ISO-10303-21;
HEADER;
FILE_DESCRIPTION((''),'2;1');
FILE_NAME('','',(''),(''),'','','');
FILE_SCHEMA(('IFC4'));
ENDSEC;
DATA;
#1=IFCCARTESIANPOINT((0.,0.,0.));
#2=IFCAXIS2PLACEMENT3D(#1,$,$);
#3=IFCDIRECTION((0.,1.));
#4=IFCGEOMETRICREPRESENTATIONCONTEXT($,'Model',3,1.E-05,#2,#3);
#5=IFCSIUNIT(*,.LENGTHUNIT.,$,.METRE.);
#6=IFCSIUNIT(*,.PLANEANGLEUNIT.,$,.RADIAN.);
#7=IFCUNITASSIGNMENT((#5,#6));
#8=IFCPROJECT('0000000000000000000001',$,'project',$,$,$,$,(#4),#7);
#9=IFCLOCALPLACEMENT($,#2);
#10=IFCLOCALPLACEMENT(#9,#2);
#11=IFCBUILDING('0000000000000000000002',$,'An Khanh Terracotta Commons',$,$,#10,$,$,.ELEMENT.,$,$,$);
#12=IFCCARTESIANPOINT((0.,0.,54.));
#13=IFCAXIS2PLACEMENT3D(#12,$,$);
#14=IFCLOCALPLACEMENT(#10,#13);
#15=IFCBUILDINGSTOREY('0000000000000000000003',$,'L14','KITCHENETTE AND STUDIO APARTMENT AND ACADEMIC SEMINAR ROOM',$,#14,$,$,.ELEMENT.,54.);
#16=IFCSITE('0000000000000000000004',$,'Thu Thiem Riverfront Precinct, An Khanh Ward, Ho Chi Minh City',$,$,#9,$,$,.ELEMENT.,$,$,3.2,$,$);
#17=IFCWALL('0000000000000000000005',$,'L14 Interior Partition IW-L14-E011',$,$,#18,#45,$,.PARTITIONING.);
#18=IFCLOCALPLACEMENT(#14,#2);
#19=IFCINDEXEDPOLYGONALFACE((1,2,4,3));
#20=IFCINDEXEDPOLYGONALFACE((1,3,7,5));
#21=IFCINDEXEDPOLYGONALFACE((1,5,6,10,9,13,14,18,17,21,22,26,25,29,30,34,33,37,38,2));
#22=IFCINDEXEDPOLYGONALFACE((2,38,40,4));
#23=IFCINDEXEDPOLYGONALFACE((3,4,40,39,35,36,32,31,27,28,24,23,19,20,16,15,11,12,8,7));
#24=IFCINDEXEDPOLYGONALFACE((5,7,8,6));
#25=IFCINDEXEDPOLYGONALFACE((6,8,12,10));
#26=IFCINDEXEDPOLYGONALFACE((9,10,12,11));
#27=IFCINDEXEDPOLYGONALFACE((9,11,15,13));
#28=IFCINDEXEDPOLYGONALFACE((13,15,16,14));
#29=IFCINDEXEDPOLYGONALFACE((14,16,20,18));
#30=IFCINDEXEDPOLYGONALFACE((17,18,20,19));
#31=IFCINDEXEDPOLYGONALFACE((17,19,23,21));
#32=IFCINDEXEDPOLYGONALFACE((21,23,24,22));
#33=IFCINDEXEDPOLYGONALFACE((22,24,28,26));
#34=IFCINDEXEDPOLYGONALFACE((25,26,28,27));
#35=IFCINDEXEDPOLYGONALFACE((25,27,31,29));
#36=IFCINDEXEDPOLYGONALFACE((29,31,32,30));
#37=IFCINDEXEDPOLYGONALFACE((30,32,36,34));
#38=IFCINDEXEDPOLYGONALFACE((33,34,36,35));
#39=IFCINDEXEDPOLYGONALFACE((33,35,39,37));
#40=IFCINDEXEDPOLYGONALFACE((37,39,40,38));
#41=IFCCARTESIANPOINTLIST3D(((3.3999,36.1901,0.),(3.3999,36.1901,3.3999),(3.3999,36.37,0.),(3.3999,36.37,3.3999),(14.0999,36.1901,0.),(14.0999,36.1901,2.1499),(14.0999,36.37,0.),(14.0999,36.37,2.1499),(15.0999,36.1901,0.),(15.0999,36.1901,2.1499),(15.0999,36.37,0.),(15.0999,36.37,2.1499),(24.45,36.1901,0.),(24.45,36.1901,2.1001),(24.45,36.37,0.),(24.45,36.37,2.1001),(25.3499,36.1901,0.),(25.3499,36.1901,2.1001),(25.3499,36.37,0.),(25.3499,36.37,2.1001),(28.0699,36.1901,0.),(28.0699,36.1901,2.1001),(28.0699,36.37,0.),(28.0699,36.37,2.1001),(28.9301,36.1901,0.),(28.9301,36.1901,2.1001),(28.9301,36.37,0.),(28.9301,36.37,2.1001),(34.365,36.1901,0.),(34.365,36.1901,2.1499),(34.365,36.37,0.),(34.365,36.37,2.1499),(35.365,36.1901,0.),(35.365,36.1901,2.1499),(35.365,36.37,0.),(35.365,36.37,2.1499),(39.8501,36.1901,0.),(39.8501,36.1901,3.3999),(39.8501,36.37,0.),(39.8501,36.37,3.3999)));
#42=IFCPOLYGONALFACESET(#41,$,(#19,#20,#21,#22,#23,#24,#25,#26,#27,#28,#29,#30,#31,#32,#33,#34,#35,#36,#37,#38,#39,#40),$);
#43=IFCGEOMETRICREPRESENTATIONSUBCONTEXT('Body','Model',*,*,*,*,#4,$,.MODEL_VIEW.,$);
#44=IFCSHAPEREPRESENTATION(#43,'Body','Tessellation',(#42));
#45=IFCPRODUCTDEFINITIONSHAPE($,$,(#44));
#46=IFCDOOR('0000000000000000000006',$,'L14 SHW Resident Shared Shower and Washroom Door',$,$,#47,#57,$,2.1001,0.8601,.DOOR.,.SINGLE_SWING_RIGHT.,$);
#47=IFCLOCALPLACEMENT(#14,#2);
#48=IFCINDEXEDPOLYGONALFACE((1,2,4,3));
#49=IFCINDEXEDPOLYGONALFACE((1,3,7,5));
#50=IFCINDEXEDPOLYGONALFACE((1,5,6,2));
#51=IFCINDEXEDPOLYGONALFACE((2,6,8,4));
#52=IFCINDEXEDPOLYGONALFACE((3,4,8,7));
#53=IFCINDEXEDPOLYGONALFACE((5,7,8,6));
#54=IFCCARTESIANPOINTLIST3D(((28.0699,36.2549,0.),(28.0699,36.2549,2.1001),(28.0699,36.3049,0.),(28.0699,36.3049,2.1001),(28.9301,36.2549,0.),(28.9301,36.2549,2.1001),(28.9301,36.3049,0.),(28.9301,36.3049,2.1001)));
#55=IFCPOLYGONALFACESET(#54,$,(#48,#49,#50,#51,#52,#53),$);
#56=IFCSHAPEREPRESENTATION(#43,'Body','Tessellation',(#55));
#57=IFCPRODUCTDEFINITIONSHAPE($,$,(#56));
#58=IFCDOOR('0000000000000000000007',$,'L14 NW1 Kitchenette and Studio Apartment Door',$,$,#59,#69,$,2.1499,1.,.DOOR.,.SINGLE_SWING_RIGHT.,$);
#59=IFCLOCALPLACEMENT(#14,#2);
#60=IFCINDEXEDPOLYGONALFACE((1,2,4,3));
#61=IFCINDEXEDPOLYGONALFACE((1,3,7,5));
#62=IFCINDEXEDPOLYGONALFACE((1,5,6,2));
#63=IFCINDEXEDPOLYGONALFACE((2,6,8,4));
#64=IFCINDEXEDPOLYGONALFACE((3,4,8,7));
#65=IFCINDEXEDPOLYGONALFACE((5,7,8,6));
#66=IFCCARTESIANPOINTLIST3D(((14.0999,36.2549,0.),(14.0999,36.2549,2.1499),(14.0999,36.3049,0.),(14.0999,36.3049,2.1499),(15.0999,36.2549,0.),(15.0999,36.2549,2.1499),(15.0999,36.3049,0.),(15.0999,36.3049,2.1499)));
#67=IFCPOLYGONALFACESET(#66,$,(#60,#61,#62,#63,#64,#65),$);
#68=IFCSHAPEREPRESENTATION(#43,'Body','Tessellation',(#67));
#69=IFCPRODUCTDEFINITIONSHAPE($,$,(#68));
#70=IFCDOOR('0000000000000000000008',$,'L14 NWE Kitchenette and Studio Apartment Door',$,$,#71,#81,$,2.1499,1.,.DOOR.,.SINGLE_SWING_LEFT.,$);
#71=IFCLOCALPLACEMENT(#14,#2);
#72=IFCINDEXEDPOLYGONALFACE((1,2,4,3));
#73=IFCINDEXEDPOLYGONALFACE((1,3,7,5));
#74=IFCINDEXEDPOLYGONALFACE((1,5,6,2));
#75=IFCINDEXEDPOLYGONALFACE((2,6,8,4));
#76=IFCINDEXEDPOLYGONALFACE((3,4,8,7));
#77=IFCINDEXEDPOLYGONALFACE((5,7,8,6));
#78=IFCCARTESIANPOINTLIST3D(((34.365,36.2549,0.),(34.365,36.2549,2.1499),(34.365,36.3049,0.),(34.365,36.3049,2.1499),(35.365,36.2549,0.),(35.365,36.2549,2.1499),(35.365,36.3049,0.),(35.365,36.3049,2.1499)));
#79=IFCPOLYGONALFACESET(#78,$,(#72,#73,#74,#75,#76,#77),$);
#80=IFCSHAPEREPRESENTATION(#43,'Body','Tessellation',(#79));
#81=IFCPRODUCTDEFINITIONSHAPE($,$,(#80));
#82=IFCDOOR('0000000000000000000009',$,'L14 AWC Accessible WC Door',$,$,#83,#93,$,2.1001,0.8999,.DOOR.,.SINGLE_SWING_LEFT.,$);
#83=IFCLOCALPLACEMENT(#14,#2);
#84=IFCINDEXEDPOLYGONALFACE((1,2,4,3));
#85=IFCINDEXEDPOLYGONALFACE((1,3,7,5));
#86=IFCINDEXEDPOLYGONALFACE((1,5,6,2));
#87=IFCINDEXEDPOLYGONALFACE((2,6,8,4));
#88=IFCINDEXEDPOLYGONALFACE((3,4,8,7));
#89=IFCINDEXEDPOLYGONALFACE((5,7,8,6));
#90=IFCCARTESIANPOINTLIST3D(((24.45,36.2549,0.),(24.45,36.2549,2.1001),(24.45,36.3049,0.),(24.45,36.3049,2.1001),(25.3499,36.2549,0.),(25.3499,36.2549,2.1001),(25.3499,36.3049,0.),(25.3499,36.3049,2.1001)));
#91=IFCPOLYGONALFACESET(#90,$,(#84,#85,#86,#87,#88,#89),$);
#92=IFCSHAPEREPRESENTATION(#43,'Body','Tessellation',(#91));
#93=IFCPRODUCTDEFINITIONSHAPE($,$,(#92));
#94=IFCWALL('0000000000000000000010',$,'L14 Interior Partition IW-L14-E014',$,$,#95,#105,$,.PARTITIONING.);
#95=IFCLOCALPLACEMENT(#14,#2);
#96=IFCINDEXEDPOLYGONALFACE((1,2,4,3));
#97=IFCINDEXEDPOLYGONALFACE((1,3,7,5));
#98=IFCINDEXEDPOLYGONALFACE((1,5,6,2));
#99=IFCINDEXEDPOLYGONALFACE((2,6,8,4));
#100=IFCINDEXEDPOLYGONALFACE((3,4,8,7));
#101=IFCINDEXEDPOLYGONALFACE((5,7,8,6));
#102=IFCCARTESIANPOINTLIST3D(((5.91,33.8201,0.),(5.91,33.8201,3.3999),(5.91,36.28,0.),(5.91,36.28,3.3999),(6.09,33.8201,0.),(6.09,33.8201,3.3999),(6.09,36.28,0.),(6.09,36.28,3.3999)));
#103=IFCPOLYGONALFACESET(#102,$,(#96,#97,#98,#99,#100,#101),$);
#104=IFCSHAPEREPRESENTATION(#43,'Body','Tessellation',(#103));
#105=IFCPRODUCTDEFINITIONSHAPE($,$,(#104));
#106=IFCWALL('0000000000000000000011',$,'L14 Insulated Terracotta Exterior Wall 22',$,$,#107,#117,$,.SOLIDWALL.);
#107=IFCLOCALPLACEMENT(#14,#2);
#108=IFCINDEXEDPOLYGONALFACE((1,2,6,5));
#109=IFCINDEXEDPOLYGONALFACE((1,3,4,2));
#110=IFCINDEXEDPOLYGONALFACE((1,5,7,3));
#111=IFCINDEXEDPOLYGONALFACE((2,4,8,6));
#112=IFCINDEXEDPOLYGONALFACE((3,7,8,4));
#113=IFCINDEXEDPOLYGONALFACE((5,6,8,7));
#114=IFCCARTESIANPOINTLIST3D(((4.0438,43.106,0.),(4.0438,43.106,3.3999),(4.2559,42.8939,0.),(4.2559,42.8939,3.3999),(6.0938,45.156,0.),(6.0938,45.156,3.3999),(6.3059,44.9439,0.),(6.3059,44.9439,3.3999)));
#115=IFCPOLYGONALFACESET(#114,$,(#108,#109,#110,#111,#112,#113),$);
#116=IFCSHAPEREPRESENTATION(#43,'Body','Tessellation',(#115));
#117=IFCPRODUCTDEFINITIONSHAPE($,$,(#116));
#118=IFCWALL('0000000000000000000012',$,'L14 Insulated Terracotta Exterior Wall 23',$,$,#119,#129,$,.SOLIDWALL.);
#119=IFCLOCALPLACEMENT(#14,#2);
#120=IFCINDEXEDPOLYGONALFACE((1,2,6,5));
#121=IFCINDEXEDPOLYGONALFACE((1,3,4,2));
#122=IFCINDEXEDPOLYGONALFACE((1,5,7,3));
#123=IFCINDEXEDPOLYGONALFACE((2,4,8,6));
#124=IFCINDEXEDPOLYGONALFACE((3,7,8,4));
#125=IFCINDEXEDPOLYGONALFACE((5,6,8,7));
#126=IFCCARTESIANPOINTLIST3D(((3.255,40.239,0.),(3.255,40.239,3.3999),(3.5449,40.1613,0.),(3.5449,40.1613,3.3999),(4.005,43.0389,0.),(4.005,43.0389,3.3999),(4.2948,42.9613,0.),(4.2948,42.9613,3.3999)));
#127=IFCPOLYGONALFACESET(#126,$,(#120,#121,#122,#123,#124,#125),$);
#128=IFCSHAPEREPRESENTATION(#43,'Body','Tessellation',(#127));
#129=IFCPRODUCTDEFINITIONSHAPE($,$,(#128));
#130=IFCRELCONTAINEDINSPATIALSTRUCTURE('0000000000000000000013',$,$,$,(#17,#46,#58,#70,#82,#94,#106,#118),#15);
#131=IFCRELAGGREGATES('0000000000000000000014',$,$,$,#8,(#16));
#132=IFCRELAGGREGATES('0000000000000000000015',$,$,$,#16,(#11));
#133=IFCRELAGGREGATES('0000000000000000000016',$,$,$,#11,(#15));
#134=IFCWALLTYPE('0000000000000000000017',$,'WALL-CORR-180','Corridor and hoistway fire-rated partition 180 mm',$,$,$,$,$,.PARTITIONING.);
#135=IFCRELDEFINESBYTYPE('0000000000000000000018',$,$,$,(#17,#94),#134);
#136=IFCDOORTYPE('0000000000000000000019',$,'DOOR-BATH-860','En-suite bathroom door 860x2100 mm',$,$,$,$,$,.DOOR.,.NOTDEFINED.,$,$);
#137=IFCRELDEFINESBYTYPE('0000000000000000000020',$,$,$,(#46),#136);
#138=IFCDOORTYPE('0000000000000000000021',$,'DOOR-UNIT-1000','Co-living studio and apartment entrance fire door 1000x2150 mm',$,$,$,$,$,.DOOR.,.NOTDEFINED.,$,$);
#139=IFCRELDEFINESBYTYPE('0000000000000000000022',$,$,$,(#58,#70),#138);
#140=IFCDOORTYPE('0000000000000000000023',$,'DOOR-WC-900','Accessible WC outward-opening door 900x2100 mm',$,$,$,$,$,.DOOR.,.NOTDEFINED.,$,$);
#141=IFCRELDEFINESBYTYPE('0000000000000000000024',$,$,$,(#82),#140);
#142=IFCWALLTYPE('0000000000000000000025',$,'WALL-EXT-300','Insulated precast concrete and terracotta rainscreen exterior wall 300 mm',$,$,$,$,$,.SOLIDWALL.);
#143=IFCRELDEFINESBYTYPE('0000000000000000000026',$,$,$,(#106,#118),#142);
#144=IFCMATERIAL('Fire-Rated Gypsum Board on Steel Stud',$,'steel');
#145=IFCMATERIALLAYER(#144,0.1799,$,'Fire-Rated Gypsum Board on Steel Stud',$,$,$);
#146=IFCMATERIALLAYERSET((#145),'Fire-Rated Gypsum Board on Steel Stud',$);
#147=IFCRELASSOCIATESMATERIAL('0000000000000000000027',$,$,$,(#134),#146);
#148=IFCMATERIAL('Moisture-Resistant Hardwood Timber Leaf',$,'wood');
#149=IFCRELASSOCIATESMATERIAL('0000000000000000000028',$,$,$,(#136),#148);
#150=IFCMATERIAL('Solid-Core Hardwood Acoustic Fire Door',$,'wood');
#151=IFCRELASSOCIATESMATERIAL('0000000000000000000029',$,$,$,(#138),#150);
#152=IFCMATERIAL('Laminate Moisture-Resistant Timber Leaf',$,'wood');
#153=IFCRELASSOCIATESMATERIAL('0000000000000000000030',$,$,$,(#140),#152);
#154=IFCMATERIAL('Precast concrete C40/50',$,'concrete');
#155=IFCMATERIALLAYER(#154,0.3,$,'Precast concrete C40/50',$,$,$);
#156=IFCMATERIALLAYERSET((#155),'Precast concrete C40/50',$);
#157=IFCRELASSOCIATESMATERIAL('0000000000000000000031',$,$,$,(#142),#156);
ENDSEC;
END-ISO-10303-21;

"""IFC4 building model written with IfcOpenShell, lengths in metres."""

from ifc_helpers import new_model, si_unit, direction, frame, frame_2d, origin, place, context, subcontext, project, spatial, rectangle, extrude, material, layer, layer_set, type_object, element, fill, save


model = new_model("IFC4")

# Units and contexts
model_context = context("Model", 3, precision=1e-05, world=origin(), true_north=direction((0.0, 1.0)))
body_context = subcontext(model_context, "Body", "Model", "MODEL_VIEW")
ifc_project = project(units=[si_unit("LENGTHUNIT", "METRE"), si_unit("PLANEANGLEUNIT", "RADIAN")], contexts=[model_context])

# Site, building, storey
site_placement = place(None, origin())
site = spatial("IfcSite", under=ifc_project, at=site_placement, Name="Thu Thiem Riverfront Precinct, An Khanh Ward, Ho Chi Minh City", CompositionType="ELEMENT", RefElevation=3.2)
building_placement = place(site_placement, origin())
building = spatial("IfcBuilding", under=site, at=building_placement, Name="An Khanh Terracotta Commons", CompositionType="ELEMENT")
storey_placement = place(building_placement, frame((0.0, 0.0, 54.0)))
storey = spatial("IfcBuildingStorey", under=building, at=storey_placement, Name="L14", Description="KITCHENETTE AND STUDIO APARTMENT AND ACADEMIC SEMINAR ROOM", CompositionType="ELEMENT", Elevation=54.0)

# Wall, openings, doors
ifc_material_1 = material(Name="Fire-Rated Gypsum Board on Steel Stud", Category="steel")
ifc_layer_1 = layer(ifc_material_1, 0.1799, Name="Fire-Rated Gypsum Board on Steel Stud")
ifc_layer_set_1 = layer_set([ifc_layer_1], Name="Fire-Rated Gypsum Board on Steel Stud")
wall_type_1 = type_object("IfcWallType", Name="WALL-CORR-180", Description="Corridor and hoistway fire-rated partition 180 mm", PredefinedType="PARTITIONING", material=ifc_layer_set_1)
wall_1_placement = place(storey_placement, frame((3.3999, 36.28, 0.0), z_axis=(0.0, 0.0, 1.0), x_axis=(1.0, 0.0, 0.0)))
wall_1 = element("IfcWall", 1, at=wall_1_placement, inside=storey, type_object=wall_type_1, Name="L14 Interior Partition IW-L14-E011", PredefinedType="PARTITIONING", context=body_context, shape_type="SweptSolid", body=[
    extrude(rectangle(XDim=36.4502, YDim=0.1799, at=frame_2d((18.2251, 0.0))), origin(), (0.0, 0.0, 1.0), 3.3999),
])
opening_1_placement = place(wall_1_placement, frame((21.05, 0.0, 0.0)))
opening_1 = element("IfcOpeningElement", 2, at=opening_1_placement, cuts=wall_1, PredefinedType="OPENING", context=body_context, shape_type="SweptSolid", body=[
    extrude(rectangle(XDim=0.8999, YDim=2.1001, at=frame_2d((0.45, 1.05))), frame((0.0, 0.0999, 0.0), z_axis=(0.0, -1.0, 0.0), x_axis=(1.0, 0.0, 0.0)), (0.0, 0.0, 1.0), 0.2),
])
opening_2_placement = place(wall_1_placement, frame((24.6699, 0.0, 0.0)))
opening_2 = element("IfcOpeningElement", 3, at=opening_2_placement, cuts=wall_1, PredefinedType="OPENING", context=body_context, shape_type="SweptSolid", body=[
    extrude(rectangle(XDim=0.8601, YDim=2.1001, at=frame_2d((0.4302, 1.05))), frame((0.0, 0.0999, 0.0), z_axis=(0.0, -1.0, 0.0), x_axis=(1.0, 0.0, 0.0)), (0.0, 0.0, 1.0), 0.2),
])
opening_3_placement = place(wall_1_placement, frame((10.7, 0.0, 0.0)))
opening_3 = element("IfcOpeningElement", 4, at=opening_3_placement, cuts=wall_1, PredefinedType="OPENING", context=body_context, shape_type="SweptSolid", body=[
    extrude(rectangle(XDim=1.0, YDim=2.1499, at=frame_2d((0.5, 1.075))), frame((0.0, 0.0999, 0.0), z_axis=(0.0, -1.0, 0.0), x_axis=(1.0, 0.0, 0.0)), (0.0, 0.0, 1.0), 0.2),
])
opening_4_placement = place(wall_1_placement, frame((30.9651, 0.0, 0.0)))
opening_4 = element("IfcOpeningElement", 5, at=opening_4_placement, cuts=wall_1, PredefinedType="OPENING", context=body_context, shape_type="SweptSolid", body=[
    extrude(rectangle(XDim=1.0, YDim=2.1499, at=frame_2d((0.5, 1.075))), frame((0.0, 0.0999, 0.0), z_axis=(0.0, -1.0, 0.0), x_axis=(1.0, 0.0, 0.0)), (0.0, 0.0, 1.0), 0.2),
])
ifc_material_2 = material(Name="Moisture-Resistant Hardwood Timber Leaf", Category="wood")
door_type_1 = type_object("IfcDoorType", Name="DOOR-BATH-860", Description="En-suite bathroom door 860x2100 mm", OperationType="NOTDEFINED", PredefinedType="DOOR", material=ifc_material_2)
door_1_placement = place(opening_2_placement, origin())
door_1 = element("IfcDoor", 6, at=door_1_placement, inside=storey, type_object=door_type_1, Name="L14 SHW Resident Shared Shower and Washroom Door", OperationType="SINGLE_SWING_RIGHT", OverallHeight=2.1001, OverallWidth=0.8601, PredefinedType="DOOR", context=body_context, shape_type="SweptSolid", body=[
    extrude(rectangle(XDim=0.8601, YDim=2.1001, at=frame_2d((0.4302, 1.05))), frame((0.0, 0.0249, 0.0), z_axis=(0.0, -1.0, 0.0), x_axis=(1.0, 0.0, 0.0)), (0.0, 0.0, 1.0), 0.05),
])
fill(opening_2, door_1)
ifc_material_3 = material(Name="Solid-Core Hardwood Acoustic Fire Door", Category="wood")
door_type_2 = type_object("IfcDoorType", Name="DOOR-UNIT-1000", Description="Co-living studio and apartment entrance fire door 1000x2150 mm", OperationType="NOTDEFINED", PredefinedType="DOOR", material=ifc_material_3)
door_2_placement = place(opening_3_placement, origin())
door_2 = element("IfcDoor", 7, at=door_2_placement, inside=storey, type_object=door_type_2, Name="L14 NW1 Kitchenette and Studio Apartment Door", OperationType="SINGLE_SWING_RIGHT", OverallHeight=2.1499, OverallWidth=1.0, PredefinedType="DOOR", context=body_context, shape_type="SweptSolid", body=[
    extrude(rectangle(XDim=1.0, YDim=2.1499, at=frame_2d((0.5, 1.075))), frame((0.0, 0.0249, 0.0), z_axis=(0.0, -1.0, 0.0), x_axis=(1.0, 0.0, 0.0)), (0.0, 0.0, 1.0), 0.05),
])
fill(opening_3, door_2)
door_3_placement = place(opening_4_placement, origin())
door_3 = element("IfcDoor", 8, at=door_3_placement, inside=storey, type_object=door_type_2, Name="L14 NWE Kitchenette and Studio Apartment Door", OperationType="SINGLE_SWING_LEFT", OverallHeight=2.1499, OverallWidth=1.0, PredefinedType="DOOR", context=body_context, shape_type="SweptSolid", body=[
    extrude(rectangle(XDim=1.0, YDim=2.1499, at=frame_2d((0.5, 1.075))), frame((0.0, 0.0249, 0.0), z_axis=(0.0, -1.0, 0.0), x_axis=(1.0, 0.0, 0.0)), (0.0, 0.0, 1.0), 0.05),
])
fill(opening_4, door_3)
ifc_material_4 = material(Name="Laminate Moisture-Resistant Timber Leaf", Category="wood")
door_type_3 = type_object("IfcDoorType", Name="DOOR-WC-900", Description="Accessible WC outward-opening door 900x2100 mm", OperationType="NOTDEFINED", PredefinedType="DOOR", material=ifc_material_4)
door_4_placement = place(opening_1_placement, origin())
door_4 = element("IfcDoor", 9, at=door_4_placement, inside=storey, type_object=door_type_3, Name="L14 AWC Accessible WC Door", OperationType="SINGLE_SWING_LEFT", OverallHeight=2.1001, OverallWidth=0.8999, PredefinedType="DOOR", context=body_context, shape_type="SweptSolid", body=[
    extrude(rectangle(XDim=0.8999, YDim=2.1001, at=frame_2d((0.45, 1.05))), frame((0.0, 0.0249, 0.0), z_axis=(0.0, -1.0, 0.0), x_axis=(1.0, 0.0, 0.0)), (0.0, 0.0, 1.0), 0.05),
])
fill(opening_1, door_4)

# Walls
wall_2_placement = place(storey_placement, frame((6.0, 33.8201, 0.0), z_axis=(0.0, 0.0, 1.0), x_axis=(0.0, 1.0, 0.0)))
element("IfcWall", 10, at=wall_2_placement, inside=storey, type_object=wall_type_1, Name="L14 Interior Partition IW-L14-E014", PredefinedType="PARTITIONING", context=body_context, shape_type="SweptSolid", body=[
    extrude(rectangle(XDim=2.46, YDim=0.1799, at=frame_2d((1.23, 0.0))), origin(), (0.0, 0.0, 1.0), 3.3999),
])
ifc_material_5 = material(Name="Precast concrete C40/50", Category="concrete")
ifc_layer_2 = layer(ifc_material_5, 0.3, Name="Precast concrete C40/50")
ifc_layer_set_2 = layer_set([ifc_layer_2], Name="Precast concrete C40/50")
wall_type_2 = type_object("IfcWallType", Name="WALL-EXT-300", Description="Insulated precast concrete and terracotta rainscreen exterior wall 300 mm", PredefinedType="SOLIDWALL", material=ifc_layer_set_2)
wall_3_placement = place(storey_placement, frame((6.2, 45.05, 0.0), z_axis=(0.0, 0.0, 1.0), x_axis=(-0.707107, -0.707107, 0.0)))
element("IfcWall", 11, at=wall_3_placement, inside=storey, type_object=wall_type_2, Name="L14 Insulated Terracotta Exterior Wall 22", PredefinedType="SOLIDWALL", context=body_context, shape_type="SweptSolid", body=[
    extrude(rectangle(XDim=2.8992, YDim=0.3, at=frame_2d((1.4497, 0.0))), origin(), (0.0, 0.0, 1.0), 3.3999),
])
wall_4_placement = place(storey_placement, frame((4.1499, 43.0, 0.0), z_axis=(0.0, 0.0, 1.0), x_axis=(-0.258732, -0.965949, 0.0)))
element("IfcWall", 12, at=wall_4_placement, inside=storey, type_object=wall_type_2, Name="L14 Insulated Terracotta Exterior Wall 23", PredefinedType="SOLIDWALL", context=body_context, shape_type="SweptSolid", body=[
    extrude(rectangle(XDim=2.8987, YDim=0.3, at=frame_2d((1.4492, 0.0))), origin(), (0.0, 0.0, 1.0), 3.3999),
])

save(model, "model.ifc")
